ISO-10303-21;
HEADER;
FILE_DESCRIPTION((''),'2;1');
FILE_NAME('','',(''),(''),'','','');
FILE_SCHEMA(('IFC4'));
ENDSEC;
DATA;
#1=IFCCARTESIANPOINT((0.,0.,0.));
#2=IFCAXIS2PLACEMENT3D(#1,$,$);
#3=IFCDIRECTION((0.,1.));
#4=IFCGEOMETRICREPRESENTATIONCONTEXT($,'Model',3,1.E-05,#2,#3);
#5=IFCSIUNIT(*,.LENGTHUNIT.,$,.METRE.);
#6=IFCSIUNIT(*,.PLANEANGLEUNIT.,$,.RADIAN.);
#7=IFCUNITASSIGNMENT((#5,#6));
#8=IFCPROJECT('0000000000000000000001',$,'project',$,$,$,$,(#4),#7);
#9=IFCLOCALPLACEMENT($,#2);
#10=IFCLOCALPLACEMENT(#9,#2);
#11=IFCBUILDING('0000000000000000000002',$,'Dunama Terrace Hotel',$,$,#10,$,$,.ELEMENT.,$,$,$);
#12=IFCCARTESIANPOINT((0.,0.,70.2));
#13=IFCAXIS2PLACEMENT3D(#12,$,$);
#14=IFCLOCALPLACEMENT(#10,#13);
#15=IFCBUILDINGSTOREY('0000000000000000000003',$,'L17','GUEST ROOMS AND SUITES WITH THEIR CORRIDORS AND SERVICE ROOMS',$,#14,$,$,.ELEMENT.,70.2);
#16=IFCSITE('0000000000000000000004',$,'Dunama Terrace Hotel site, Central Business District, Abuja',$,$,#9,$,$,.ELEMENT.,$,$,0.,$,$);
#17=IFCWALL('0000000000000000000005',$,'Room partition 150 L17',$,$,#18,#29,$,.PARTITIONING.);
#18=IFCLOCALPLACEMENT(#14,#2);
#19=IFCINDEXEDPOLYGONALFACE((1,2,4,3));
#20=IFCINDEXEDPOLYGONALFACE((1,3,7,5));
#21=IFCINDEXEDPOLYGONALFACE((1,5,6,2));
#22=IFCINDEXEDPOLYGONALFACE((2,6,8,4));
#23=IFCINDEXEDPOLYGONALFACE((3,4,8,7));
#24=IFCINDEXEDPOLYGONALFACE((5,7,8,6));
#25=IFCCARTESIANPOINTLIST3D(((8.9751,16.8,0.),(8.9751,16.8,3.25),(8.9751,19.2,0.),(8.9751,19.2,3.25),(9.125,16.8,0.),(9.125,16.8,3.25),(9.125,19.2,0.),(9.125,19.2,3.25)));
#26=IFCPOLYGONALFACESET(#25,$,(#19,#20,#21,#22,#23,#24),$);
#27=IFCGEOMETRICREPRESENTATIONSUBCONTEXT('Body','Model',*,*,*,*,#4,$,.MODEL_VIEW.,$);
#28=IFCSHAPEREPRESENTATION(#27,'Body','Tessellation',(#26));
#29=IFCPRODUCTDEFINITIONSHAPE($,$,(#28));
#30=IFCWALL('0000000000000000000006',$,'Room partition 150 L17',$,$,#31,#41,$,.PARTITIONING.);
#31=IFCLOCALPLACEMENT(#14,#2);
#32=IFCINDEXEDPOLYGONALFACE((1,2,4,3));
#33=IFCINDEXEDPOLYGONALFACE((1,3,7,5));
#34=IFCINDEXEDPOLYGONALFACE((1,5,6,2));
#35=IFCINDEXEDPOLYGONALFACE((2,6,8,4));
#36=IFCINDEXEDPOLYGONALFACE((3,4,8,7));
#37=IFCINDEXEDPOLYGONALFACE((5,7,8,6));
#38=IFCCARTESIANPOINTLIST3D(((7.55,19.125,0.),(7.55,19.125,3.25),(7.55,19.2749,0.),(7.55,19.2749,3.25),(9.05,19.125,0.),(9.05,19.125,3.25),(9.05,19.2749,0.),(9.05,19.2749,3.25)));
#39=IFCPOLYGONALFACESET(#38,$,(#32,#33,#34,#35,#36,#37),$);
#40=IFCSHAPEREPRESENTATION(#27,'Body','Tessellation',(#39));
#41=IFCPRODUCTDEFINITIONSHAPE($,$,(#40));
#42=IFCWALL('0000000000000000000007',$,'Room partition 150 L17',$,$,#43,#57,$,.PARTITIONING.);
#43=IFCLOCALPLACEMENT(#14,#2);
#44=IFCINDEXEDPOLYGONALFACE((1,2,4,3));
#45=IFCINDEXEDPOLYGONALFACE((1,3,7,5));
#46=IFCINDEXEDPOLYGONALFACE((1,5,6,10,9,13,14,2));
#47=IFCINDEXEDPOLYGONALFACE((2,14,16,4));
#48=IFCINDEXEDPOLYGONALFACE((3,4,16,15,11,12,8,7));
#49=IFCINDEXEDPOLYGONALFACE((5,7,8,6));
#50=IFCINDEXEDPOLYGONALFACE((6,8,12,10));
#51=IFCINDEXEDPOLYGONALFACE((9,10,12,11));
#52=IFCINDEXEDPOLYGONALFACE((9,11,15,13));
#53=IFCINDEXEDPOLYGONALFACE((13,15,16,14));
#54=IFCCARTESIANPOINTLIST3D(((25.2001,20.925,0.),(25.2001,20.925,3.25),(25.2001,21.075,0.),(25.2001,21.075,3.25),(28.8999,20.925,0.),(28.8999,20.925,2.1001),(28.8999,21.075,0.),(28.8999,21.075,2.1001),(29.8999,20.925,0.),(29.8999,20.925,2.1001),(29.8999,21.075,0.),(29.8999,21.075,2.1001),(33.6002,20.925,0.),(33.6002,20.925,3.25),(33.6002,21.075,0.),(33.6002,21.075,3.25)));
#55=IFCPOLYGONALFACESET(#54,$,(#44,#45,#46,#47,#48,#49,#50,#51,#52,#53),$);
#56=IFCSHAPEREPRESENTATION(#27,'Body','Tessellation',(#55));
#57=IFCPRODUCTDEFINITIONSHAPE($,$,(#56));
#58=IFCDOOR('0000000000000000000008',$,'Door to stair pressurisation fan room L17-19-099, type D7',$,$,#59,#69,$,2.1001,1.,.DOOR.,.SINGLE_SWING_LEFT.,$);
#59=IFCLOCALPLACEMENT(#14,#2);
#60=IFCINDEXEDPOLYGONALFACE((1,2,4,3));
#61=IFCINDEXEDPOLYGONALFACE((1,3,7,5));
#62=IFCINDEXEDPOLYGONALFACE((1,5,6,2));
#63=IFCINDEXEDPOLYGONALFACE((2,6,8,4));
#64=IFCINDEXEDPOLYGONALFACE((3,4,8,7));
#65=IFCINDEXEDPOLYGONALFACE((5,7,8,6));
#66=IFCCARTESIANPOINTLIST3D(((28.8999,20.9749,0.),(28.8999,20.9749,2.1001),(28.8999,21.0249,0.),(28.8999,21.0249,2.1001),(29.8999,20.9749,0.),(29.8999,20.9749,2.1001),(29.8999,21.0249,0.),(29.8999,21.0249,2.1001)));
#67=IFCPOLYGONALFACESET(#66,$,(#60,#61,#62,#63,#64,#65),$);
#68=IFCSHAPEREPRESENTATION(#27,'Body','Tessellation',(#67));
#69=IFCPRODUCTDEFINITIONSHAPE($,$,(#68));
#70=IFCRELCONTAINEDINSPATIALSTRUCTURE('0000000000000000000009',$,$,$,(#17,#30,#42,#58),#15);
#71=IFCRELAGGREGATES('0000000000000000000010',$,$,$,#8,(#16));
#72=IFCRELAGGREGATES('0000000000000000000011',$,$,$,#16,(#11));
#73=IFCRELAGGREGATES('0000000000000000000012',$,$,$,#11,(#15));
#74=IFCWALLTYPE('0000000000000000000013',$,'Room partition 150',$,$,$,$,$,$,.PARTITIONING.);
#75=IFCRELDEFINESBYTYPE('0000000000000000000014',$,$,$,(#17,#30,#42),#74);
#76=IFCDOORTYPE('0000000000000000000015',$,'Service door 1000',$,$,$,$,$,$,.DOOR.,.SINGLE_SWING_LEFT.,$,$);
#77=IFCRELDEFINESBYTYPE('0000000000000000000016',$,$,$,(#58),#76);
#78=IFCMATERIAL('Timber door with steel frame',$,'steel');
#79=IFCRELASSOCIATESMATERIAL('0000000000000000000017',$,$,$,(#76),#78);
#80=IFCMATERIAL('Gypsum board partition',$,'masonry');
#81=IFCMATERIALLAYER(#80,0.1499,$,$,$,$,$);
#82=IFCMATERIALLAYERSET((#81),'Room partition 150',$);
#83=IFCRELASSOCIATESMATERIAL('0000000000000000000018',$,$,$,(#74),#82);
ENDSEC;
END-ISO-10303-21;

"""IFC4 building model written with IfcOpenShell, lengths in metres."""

from ifc_helpers import new_model, si_unit, direction, frame, frame_2d, origin, place, context, subcontext, project, spatial, rectangle, extrude, material, layer, layer_set, type_object, element, fill, save


model = new_model("IFC4")

# Units and contexts
model_context = context("Model", 3, precision=1e-05, world=origin(), true_north=direction((0.0, 1.0)))
body_context = subcontext(model_context, "Body", "Model", "MODEL_VIEW")
ifc_project = project(units=[si_unit("LENGTHUNIT", "METRE"), si_unit("PLANEANGLEUNIT", "RADIAN")], contexts=[model_context])

# Site, building, storey
site_placement = place(None, origin())
site = spatial("IfcSite", under=ifc_project, at=site_placement, Name="Dunama Terrace Hotel site, Central Business District, Abuja", CompositionType="ELEMENT", RefElevation=0.0)
building_placement = place(site_placement, origin())
building = spatial("IfcBuilding", under=site, at=building_placement, Name="Dunama Terrace Hotel", CompositionType="ELEMENT")
storey_placement = place(building_placement, frame((0.0, 0.0, 70.2)))
storey = spatial("IfcBuildingStorey", under=building, at=storey_placement, Name="L17", Description="GUEST ROOMS AND SUITES WITH THEIR CORRIDORS AND SERVICE ROOMS", CompositionType="ELEMENT", Elevation=70.2)

# Shared definitions
ifc_material_1 = material(Name="Timber door with steel frame", Category="steel")
door_type_1 = type_object("IfcDoorType", Name="Service door 1000", OperationType="SINGLE_SWING_LEFT", PredefinedType="DOOR", material=ifc_material_1)

# Walls
ifc_material_2 = material(Name="Gypsum board partition", Category="masonry")
ifc_layer_1 = layer(ifc_material_2, 0.1499)
ifc_layer_set_1 = layer_set([ifc_layer_1], Name="Room partition 150")
wall_type_1 = type_object("IfcWallType", Name="Room partition 150", PredefinedType="PARTITIONING", material=ifc_layer_set_1)
wall_1_placement = place(storey_placement, frame((9.05, 16.8, 0.0), z_axis=(0.0, 0.0, 1.0), x_axis=(0.0, 1.0, 0.0)))
element("IfcWall", 1, at=wall_1_placement, inside=storey, type_object=wall_type_1, Name="Room partition 150 L17", PredefinedType="PARTITIONING", context=body_context, shape_type="SweptSolid", body=[
    extrude(rectangle(XDim=2.3999, YDim=0.1499, at=frame_2d((1.2, 0.0))), origin(), (0.0, 0.0, 1.0), 3.25),
])
wall_2_placement = place(storey_placement, frame((7.55, 19.2, 0.0), z_axis=(0.0, 0.0, 1.0), x_axis=(1.0, 0.0, 0.0)))
element("IfcWall", 2, at=wall_2_placement, inside=storey, type_object=wall_type_1, Name="Room partition 150 L17", PredefinedType="PARTITIONING", context=body_context, shape_type="SweptSolid", body=[
    extrude(rectangle(XDim=1.5, YDim=0.1499, at=frame_2d((0.75, 0.0))), origin(), (0.0, 0.0, 1.0), 3.25),
])

# Wall, opening, door
wall_3_placement = place(storey_placement, frame((25.2, 21.0, 0.0), z_axis=(0.0, 0.0, 1.0), x_axis=(1.0, 0.0, 0.0)))
wall_3 = element("IfcWall", 3, at=wall_3_placement, inside=storey, type_object=wall_type_1, Name="Room partition 150 L17", PredefinedType="PARTITIONING", context=body_context, shape_type="SweptSolid", body=[
    extrude(rectangle(XDim=8.4001, YDim=0.1499, at=frame_2d((4.2002, 0.0))), origin(), (0.0, 0.0, 1.0), 3.25),
])
opening_1_placement = place(wall_3_placement, frame((3.7, 0.0, 0.0)))
opening_1 = element("IfcOpeningElement", 4, at=opening_1_placement, cuts=wall_3, PredefinedType="OPENING", context=body_context, shape_type="SweptSolid", body=[
    extrude(rectangle(XDim=1.0, YDim=2.1001, at=frame_2d((0.5, 1.05))), frame((0.0, 0.085, 0.0), z_axis=(0.0, -1.0, 0.0), x_axis=(1.0, 0.0, 0.0)), (0.0, 0.0, 1.0), 0.1699),
])
door_1_placement = place(opening_1_placement, origin())
door_1 = element("IfcDoor", 5, at=door_1_placement, inside=storey, type_object=door_type_1, Name="Door to stair pressurisation fan room L17-19-099, type D7", OperationType="SINGLE_SWING_LEFT", OverallHeight=2.1001, OverallWidth=1.0, PredefinedType="DOOR", context=body_context, shape_type="SweptSolid", body=[
    extrude(rectangle(XDim=1.0, YDim=2.1001, at=frame_2d((0.5, 1.05))), frame((0.0, 0.0249, 0.0), z_axis=(0.0, -1.0, 0.0), x_axis=(1.0, 0.0, 0.0)), (0.0, 0.0, 1.0), 0.05),
])
fill(opening_1, door_1)

save(model, "model.ifc")
